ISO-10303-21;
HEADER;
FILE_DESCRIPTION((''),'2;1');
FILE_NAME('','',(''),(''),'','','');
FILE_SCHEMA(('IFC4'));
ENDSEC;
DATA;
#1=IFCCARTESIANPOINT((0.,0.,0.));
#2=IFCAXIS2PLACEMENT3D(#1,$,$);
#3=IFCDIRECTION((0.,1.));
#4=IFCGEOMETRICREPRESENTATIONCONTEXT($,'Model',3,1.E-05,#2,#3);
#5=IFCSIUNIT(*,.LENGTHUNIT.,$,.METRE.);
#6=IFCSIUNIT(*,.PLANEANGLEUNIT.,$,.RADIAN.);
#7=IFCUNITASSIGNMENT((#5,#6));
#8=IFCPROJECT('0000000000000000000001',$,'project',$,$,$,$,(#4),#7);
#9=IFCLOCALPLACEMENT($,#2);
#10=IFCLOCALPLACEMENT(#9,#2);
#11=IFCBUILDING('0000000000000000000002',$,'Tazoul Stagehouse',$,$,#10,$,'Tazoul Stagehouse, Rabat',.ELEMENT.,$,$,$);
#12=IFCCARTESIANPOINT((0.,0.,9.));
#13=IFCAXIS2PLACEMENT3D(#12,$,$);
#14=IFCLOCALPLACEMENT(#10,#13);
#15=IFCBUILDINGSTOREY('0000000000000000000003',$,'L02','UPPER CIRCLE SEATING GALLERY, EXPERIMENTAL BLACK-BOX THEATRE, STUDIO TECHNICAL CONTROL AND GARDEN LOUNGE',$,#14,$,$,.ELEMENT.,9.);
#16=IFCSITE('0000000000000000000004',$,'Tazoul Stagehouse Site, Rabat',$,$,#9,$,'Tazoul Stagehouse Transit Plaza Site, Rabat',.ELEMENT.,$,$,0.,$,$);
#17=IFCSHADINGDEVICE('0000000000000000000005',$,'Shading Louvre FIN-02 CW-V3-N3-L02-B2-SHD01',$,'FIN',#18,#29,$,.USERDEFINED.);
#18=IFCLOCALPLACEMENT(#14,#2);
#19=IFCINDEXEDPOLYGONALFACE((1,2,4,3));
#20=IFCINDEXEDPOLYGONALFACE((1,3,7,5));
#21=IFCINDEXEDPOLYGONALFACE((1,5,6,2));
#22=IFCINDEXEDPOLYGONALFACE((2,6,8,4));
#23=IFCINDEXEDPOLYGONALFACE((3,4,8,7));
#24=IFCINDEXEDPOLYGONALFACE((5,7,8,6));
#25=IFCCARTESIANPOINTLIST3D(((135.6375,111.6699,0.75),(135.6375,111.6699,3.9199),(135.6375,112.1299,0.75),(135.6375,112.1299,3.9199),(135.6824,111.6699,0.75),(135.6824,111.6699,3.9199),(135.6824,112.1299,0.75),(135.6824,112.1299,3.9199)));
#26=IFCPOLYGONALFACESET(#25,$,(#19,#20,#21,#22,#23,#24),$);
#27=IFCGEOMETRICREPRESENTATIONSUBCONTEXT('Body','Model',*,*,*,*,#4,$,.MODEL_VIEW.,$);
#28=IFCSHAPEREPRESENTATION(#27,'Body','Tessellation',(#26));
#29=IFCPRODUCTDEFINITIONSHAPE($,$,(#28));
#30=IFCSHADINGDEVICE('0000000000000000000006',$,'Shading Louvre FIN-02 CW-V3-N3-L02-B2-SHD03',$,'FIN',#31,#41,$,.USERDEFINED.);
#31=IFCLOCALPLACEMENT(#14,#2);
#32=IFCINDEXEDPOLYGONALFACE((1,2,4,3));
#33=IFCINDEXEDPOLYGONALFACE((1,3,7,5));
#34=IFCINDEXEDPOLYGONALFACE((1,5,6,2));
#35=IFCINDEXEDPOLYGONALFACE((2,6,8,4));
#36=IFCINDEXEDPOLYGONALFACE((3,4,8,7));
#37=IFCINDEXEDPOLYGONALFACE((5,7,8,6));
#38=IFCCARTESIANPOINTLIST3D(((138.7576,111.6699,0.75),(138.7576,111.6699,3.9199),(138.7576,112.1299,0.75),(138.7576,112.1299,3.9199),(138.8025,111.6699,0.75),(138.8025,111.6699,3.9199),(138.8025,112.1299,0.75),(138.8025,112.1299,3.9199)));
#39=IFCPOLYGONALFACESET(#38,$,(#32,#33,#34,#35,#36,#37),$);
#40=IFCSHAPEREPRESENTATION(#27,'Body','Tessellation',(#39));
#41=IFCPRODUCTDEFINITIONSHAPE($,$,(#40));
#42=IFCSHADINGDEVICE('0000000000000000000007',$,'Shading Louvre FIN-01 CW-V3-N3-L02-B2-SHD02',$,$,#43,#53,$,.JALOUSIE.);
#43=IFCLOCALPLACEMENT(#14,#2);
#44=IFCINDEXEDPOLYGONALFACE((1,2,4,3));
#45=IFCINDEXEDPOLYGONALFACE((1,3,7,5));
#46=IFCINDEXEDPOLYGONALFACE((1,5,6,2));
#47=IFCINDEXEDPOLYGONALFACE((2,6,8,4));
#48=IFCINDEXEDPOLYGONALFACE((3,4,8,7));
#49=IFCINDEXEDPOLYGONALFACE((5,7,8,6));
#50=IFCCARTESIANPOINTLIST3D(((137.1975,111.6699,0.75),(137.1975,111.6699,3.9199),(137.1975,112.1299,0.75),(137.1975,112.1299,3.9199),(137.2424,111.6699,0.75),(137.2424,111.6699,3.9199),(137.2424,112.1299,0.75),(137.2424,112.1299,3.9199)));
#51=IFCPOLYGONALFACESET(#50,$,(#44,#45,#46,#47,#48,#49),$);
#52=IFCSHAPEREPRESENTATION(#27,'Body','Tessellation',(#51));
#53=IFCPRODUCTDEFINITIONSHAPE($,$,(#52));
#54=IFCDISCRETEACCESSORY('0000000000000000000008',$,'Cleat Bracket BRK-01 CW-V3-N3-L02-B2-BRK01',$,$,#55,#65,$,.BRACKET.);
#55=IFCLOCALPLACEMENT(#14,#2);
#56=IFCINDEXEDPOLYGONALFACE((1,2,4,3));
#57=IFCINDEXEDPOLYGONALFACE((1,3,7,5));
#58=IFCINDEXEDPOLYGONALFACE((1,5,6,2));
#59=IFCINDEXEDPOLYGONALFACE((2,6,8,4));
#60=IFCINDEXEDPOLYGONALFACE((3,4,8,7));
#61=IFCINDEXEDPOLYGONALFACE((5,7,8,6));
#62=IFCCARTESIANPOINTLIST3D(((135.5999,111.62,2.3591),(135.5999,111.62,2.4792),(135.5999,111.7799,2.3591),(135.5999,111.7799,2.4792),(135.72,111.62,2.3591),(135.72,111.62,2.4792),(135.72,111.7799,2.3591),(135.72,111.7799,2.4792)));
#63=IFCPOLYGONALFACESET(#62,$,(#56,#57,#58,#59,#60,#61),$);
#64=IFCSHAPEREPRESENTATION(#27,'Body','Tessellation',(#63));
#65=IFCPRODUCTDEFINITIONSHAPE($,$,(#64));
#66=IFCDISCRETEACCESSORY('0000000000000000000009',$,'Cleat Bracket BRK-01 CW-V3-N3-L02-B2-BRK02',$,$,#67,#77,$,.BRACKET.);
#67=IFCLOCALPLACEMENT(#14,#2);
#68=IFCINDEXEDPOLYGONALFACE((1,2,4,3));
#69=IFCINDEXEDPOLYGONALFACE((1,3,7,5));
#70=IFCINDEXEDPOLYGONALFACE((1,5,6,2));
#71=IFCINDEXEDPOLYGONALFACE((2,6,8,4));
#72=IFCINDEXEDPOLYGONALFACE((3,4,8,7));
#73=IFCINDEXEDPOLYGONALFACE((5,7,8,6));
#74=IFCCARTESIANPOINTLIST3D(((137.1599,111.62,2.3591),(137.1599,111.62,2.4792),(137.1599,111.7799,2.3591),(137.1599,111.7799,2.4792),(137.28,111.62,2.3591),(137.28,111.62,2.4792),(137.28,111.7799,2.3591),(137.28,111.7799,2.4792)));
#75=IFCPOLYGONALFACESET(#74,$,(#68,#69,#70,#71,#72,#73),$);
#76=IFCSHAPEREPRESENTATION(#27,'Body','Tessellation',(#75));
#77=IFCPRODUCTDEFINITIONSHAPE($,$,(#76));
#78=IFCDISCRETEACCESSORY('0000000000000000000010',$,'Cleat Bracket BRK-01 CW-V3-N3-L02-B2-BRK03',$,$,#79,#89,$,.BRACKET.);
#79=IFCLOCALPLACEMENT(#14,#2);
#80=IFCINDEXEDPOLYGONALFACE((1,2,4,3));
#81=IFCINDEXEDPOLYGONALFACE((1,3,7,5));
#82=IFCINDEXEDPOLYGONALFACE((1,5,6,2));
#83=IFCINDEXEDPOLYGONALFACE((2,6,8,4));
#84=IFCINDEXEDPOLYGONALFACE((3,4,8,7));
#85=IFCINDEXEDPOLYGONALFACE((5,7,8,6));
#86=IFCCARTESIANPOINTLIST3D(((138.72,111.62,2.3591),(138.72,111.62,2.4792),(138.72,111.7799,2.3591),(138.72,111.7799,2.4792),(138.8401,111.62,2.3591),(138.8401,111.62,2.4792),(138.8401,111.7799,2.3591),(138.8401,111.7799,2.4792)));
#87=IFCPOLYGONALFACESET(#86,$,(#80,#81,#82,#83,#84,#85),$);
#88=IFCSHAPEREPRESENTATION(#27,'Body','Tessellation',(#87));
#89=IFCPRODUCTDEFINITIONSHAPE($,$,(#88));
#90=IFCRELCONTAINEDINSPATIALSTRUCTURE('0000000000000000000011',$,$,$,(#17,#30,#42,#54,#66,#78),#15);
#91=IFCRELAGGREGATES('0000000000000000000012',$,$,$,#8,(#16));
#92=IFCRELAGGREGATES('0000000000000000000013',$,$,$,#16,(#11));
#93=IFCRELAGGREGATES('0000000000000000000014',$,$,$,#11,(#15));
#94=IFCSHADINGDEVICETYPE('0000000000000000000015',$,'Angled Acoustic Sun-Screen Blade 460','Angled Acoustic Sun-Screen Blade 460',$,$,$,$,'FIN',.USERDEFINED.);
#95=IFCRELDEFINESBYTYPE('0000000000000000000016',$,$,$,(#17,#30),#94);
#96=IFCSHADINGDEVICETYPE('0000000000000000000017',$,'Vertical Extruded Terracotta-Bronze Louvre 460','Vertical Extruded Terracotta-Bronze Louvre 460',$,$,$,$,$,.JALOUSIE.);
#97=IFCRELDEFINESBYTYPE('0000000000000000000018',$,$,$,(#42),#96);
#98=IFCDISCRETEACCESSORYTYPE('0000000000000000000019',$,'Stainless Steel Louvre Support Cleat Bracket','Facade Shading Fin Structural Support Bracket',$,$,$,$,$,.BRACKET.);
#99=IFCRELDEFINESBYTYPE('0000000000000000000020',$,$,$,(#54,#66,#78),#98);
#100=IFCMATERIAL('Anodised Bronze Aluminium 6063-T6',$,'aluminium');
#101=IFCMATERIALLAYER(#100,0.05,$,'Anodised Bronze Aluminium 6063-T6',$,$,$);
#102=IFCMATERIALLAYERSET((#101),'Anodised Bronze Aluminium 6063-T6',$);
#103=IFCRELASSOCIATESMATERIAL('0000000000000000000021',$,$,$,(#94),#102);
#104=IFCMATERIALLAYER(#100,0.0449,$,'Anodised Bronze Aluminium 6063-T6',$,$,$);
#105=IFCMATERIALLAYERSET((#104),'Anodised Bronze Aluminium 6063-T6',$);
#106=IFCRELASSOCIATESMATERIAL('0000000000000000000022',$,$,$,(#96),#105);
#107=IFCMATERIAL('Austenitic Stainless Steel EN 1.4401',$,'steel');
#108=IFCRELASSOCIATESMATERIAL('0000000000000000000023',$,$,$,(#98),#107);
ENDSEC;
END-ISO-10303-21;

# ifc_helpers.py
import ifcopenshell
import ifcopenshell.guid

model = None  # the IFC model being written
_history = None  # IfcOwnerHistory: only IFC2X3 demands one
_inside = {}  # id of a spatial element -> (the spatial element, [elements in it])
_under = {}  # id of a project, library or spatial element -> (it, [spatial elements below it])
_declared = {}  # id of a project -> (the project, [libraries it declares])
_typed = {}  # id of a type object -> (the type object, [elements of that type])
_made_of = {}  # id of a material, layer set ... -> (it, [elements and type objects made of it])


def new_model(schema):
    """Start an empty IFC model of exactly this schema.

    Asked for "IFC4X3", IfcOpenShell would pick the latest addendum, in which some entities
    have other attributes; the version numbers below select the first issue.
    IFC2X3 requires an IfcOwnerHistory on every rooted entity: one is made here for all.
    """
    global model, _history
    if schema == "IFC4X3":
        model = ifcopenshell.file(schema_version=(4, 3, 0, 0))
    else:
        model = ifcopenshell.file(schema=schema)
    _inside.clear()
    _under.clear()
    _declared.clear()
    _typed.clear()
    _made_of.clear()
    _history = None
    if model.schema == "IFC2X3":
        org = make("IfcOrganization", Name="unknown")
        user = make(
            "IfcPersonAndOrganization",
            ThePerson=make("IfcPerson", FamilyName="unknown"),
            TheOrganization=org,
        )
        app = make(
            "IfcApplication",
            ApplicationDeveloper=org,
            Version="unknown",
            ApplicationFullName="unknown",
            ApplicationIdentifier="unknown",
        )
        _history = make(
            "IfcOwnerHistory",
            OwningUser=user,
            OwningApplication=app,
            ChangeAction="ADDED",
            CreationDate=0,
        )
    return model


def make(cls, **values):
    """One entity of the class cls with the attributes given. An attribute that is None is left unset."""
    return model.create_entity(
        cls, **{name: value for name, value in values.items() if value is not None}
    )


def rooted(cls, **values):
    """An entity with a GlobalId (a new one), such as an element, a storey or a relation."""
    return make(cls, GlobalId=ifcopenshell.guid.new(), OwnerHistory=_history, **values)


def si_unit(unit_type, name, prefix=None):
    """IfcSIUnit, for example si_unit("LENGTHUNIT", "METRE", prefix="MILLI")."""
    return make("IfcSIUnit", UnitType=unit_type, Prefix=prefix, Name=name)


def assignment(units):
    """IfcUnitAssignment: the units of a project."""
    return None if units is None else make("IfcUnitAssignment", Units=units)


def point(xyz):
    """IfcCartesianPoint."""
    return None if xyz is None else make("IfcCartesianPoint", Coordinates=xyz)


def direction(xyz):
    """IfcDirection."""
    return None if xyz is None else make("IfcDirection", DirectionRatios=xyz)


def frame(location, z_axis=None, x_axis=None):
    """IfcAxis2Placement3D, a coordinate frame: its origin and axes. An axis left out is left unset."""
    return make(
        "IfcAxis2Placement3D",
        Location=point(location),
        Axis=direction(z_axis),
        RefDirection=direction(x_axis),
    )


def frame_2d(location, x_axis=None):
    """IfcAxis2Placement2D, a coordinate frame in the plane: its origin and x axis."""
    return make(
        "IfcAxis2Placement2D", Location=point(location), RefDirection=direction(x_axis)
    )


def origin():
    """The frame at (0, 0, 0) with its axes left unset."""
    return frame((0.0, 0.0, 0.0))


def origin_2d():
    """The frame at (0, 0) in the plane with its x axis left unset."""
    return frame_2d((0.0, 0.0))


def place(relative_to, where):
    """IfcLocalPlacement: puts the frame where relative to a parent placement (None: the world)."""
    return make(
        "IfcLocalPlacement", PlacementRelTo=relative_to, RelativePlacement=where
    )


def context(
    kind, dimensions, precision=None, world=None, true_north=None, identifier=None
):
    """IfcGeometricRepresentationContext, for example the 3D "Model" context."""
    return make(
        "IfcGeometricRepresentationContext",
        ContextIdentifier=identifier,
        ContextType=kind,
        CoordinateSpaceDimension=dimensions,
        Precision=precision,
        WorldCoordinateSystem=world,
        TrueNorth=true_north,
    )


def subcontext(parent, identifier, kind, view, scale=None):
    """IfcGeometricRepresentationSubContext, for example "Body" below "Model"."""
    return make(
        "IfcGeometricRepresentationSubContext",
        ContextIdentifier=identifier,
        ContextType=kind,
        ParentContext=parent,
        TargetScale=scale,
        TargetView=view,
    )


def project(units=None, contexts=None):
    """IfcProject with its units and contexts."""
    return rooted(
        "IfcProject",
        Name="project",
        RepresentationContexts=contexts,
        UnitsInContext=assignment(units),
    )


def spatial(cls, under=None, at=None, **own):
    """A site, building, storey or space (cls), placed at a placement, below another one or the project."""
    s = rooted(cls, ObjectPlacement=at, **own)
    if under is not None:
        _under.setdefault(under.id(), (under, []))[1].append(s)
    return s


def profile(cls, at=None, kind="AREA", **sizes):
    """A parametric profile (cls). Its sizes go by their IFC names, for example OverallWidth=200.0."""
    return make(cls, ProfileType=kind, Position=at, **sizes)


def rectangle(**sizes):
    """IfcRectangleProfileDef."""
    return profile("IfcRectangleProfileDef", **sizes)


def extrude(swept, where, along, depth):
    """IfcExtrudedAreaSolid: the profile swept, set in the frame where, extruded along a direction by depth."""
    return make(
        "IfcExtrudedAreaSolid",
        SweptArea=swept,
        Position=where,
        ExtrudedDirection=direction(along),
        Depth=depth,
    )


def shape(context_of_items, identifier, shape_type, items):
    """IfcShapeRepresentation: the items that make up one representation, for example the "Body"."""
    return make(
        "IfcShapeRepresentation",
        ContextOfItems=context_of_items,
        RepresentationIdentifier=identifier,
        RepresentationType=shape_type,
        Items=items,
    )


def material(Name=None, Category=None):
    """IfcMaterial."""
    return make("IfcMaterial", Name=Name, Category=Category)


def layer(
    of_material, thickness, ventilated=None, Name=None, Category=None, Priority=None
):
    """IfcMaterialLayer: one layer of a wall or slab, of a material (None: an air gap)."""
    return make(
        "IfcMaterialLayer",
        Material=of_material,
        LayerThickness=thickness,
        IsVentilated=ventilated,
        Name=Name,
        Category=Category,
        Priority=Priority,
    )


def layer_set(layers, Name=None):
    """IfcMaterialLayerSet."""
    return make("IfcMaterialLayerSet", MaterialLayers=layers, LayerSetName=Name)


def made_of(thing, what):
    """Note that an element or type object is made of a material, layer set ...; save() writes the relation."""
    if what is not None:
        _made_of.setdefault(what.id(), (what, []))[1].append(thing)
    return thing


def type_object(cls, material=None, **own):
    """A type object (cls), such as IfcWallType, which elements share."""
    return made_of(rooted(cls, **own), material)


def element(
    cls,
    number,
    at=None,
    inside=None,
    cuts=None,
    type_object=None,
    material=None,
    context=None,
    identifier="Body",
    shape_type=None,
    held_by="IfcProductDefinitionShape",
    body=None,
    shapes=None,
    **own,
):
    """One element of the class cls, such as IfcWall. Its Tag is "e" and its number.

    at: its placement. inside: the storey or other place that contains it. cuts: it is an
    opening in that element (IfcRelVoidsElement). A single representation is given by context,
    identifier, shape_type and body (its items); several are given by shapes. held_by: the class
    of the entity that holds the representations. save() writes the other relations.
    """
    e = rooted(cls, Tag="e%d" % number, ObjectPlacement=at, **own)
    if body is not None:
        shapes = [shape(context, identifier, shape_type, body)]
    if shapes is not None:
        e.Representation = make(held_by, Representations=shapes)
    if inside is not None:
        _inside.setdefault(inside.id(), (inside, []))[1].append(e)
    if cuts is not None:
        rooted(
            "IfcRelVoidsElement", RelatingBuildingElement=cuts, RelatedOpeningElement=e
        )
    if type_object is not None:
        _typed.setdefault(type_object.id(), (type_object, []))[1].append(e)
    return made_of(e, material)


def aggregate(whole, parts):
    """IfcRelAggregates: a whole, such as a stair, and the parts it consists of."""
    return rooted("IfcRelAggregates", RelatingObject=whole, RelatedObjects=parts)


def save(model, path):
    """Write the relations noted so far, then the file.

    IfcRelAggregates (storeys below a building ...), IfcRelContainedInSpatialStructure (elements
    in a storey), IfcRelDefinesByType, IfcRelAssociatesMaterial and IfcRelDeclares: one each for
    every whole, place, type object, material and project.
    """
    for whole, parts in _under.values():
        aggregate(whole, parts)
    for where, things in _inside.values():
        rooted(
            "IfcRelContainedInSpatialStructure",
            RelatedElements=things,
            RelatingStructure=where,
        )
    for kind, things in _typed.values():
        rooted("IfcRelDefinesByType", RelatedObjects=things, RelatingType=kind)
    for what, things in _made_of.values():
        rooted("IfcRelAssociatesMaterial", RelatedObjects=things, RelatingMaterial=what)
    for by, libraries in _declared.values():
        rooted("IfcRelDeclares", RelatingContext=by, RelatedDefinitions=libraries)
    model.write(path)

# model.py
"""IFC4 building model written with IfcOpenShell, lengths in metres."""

from ifc_helpers import new_model, si_unit, direction, frame, origin, origin_2d, place, context, subcontext, project, spatial, rectangle, extrude, material, layer, layer_set, type_object, element, save


model = new_model("IFC4")

# Units and contexts
model_context = context("Model", 3, precision=1e-05, world=origin(), true_north=direction((0.0, 1.0)))
body_context = subcontext(model_context, "Body", "Model", "MODEL_VIEW")
ifc_project = project(units=[si_unit("LENGTHUNIT", "METRE"), si_unit("PLANEANGLEUNIT", "RADIAN")], contexts=[model_context])

# Site, building, storey
site_placement = place(None, origin())
site = spatial("IfcSite", under=ifc_project, at=site_placement, Name="Tazoul Stagehouse Site, Rabat", LongName="Tazoul Stagehouse Transit Plaza Site, Rabat", CompositionType="ELEMENT", RefElevation=0.0)
building_placement = place(site_placement, origin())
building = spatial("IfcBuilding", under=site, at=building_placement, Name="Tazoul Stagehouse", LongName="Tazoul Stagehouse, Rabat", CompositionType="ELEMENT")
storey_placement = place(building_placement, frame((0.0, 0.0, 9.0)))
storey = spatial("IfcBuildingStorey", under=building, at=storey_placement, Name="L02", Description="UPPER CIRCLE SEATING GALLERY, EXPERIMENTAL BLACK-BOX THEATRE, STUDIO TECHNICAL CONTROL AND GARDEN LOUNGE", CompositionType="ELEMENT", Elevation=9.0)

# Shared definitions
ifc_material_1 = material(Name="Anodised Bronze Aluminium 6063-T6", Category="aluminium")

# Shading devices
ifc_layer_1 = layer(ifc_material_1, 0.05, Name="Anodised Bronze Aluminium 6063-T6")
ifc_layer_set_1 = layer_set([ifc_layer_1], Name="Anodised Bronze Aluminium 6063-T6")
shading_device_type_1 = type_object("IfcShadingDeviceType", Name="Angled Acoustic Sun-Screen Blade 460", Description="Angled Acoustic Sun-Screen Blade 460", ElementType="FIN", PredefinedType="USERDEFINED", material=ifc_layer_set_1)
for number, where, z_axis, x_axis, name in (
    (1, (135.6599, 111.8999, 0.75), (0.0, 0.0, 1.0), (1.0, 0.0, 0.0), "Shading Louvre FIN-02 CW-V3-N3-L02-B2-SHD01"),
    (2, (138.78, 111.8999, 0.75), (0.0, 0.0, 1.0), (1.0, 0.0, 0.0), "Shading Louvre FIN-02 CW-V3-N3-L02-B2-SHD03"),
):
    element("IfcShadingDevice", number, at=place(storey_placement, frame(where, z_axis=z_axis, x_axis=x_axis)), inside=storey, type_object=shading_device_type_1, Name=name, ObjectType="FIN", PredefinedType="USERDEFINED", context=body_context, shape_type="SweptSolid", body=[
        extrude(rectangle(XDim=0.0449, YDim=0.46, at=origin_2d()), origin(), (0.0, 0.0, 1.0), 3.1699),
    ])
ifc_layer_2 = layer(ifc_material_1, 0.0449, Name="Anodised Bronze Aluminium 6063-T6")
ifc_layer_set_2 = layer_set([ifc_layer_2], Name="Anodised Bronze Aluminium 6063-T6")
shading_device_type_2 = type_object("IfcShadingDeviceType", Name="Vertical Extruded Terracotta-Bronze Louvre 460", Description="Vertical Extruded Terracotta-Bronze Louvre 460", PredefinedType="JALOUSIE", material=ifc_layer_set_2)
shading_device_placement = place(storey_placement, frame((137.22, 111.8999, 0.75), z_axis=(0.0, 0.0, 1.0), x_axis=(1.0, 0.0, 0.0)))
element("IfcShadingDevice", 3, at=shading_device_placement, inside=storey, type_object=shading_device_type_2, Name="Shading Louvre FIN-01 CW-V3-N3-L02-B2-SHD02", PredefinedType="JALOUSIE", context=body_context, shape_type="SweptSolid", body=[
    extrude(rectangle(XDim=0.0449, YDim=0.46, at=origin_2d()), origin(), (0.0, 0.0, 1.0), 3.1699),
])

# Discrete accessories
ifc_material_2 = material(Name="Austenitic Stainless Steel EN 1.4401", Category="steel")
discrete_accessory_type = type_object("IfcDiscreteAccessoryType", Name="Stainless Steel Louvre Support Cleat Bracket", Description="Facade Shading Fin Structural Support Bracket", PredefinedType="BRACKET", material=ifc_material_2)
for number, where, z_axis, x_axis, name in (
    (4, (135.6599, 111.7, 2.3591), (0.0, 0.0, 1.0), (1.0, 0.0, 0.0), "Cleat Bracket BRK-01 CW-V3-N3-L02-B2-BRK01"),
    (5, (137.22, 111.7, 2.3591), (0.0, 0.0, 1.0), (1.0, 0.0, 0.0), "Cleat Bracket BRK-01 CW-V3-N3-L02-B2-BRK02"),
    (6, (138.78, 111.7, 2.3591), (0.0, 0.0, 1.0), (1.0, 0.0, 0.0), "Cleat Bracket BRK-01 CW-V3-N3-L02-B2-BRK03"),
):
    element("IfcDiscreteAccessory", number, at=place(storey_placement, frame(where, z_axis=z_axis, x_axis=x_axis)), inside=storey, type_object=discrete_accessory_type, Name=name, PredefinedType="BRACKET", context=body_context, shape_type="SweptSolid", body=[
        extrude(rectangle(XDim=0.1201, YDim=0.1599, at=origin_2d()), origin(), (0.0, 0.0, 1.0), 0.1201),
    ])

save(model, "model.ifc")
